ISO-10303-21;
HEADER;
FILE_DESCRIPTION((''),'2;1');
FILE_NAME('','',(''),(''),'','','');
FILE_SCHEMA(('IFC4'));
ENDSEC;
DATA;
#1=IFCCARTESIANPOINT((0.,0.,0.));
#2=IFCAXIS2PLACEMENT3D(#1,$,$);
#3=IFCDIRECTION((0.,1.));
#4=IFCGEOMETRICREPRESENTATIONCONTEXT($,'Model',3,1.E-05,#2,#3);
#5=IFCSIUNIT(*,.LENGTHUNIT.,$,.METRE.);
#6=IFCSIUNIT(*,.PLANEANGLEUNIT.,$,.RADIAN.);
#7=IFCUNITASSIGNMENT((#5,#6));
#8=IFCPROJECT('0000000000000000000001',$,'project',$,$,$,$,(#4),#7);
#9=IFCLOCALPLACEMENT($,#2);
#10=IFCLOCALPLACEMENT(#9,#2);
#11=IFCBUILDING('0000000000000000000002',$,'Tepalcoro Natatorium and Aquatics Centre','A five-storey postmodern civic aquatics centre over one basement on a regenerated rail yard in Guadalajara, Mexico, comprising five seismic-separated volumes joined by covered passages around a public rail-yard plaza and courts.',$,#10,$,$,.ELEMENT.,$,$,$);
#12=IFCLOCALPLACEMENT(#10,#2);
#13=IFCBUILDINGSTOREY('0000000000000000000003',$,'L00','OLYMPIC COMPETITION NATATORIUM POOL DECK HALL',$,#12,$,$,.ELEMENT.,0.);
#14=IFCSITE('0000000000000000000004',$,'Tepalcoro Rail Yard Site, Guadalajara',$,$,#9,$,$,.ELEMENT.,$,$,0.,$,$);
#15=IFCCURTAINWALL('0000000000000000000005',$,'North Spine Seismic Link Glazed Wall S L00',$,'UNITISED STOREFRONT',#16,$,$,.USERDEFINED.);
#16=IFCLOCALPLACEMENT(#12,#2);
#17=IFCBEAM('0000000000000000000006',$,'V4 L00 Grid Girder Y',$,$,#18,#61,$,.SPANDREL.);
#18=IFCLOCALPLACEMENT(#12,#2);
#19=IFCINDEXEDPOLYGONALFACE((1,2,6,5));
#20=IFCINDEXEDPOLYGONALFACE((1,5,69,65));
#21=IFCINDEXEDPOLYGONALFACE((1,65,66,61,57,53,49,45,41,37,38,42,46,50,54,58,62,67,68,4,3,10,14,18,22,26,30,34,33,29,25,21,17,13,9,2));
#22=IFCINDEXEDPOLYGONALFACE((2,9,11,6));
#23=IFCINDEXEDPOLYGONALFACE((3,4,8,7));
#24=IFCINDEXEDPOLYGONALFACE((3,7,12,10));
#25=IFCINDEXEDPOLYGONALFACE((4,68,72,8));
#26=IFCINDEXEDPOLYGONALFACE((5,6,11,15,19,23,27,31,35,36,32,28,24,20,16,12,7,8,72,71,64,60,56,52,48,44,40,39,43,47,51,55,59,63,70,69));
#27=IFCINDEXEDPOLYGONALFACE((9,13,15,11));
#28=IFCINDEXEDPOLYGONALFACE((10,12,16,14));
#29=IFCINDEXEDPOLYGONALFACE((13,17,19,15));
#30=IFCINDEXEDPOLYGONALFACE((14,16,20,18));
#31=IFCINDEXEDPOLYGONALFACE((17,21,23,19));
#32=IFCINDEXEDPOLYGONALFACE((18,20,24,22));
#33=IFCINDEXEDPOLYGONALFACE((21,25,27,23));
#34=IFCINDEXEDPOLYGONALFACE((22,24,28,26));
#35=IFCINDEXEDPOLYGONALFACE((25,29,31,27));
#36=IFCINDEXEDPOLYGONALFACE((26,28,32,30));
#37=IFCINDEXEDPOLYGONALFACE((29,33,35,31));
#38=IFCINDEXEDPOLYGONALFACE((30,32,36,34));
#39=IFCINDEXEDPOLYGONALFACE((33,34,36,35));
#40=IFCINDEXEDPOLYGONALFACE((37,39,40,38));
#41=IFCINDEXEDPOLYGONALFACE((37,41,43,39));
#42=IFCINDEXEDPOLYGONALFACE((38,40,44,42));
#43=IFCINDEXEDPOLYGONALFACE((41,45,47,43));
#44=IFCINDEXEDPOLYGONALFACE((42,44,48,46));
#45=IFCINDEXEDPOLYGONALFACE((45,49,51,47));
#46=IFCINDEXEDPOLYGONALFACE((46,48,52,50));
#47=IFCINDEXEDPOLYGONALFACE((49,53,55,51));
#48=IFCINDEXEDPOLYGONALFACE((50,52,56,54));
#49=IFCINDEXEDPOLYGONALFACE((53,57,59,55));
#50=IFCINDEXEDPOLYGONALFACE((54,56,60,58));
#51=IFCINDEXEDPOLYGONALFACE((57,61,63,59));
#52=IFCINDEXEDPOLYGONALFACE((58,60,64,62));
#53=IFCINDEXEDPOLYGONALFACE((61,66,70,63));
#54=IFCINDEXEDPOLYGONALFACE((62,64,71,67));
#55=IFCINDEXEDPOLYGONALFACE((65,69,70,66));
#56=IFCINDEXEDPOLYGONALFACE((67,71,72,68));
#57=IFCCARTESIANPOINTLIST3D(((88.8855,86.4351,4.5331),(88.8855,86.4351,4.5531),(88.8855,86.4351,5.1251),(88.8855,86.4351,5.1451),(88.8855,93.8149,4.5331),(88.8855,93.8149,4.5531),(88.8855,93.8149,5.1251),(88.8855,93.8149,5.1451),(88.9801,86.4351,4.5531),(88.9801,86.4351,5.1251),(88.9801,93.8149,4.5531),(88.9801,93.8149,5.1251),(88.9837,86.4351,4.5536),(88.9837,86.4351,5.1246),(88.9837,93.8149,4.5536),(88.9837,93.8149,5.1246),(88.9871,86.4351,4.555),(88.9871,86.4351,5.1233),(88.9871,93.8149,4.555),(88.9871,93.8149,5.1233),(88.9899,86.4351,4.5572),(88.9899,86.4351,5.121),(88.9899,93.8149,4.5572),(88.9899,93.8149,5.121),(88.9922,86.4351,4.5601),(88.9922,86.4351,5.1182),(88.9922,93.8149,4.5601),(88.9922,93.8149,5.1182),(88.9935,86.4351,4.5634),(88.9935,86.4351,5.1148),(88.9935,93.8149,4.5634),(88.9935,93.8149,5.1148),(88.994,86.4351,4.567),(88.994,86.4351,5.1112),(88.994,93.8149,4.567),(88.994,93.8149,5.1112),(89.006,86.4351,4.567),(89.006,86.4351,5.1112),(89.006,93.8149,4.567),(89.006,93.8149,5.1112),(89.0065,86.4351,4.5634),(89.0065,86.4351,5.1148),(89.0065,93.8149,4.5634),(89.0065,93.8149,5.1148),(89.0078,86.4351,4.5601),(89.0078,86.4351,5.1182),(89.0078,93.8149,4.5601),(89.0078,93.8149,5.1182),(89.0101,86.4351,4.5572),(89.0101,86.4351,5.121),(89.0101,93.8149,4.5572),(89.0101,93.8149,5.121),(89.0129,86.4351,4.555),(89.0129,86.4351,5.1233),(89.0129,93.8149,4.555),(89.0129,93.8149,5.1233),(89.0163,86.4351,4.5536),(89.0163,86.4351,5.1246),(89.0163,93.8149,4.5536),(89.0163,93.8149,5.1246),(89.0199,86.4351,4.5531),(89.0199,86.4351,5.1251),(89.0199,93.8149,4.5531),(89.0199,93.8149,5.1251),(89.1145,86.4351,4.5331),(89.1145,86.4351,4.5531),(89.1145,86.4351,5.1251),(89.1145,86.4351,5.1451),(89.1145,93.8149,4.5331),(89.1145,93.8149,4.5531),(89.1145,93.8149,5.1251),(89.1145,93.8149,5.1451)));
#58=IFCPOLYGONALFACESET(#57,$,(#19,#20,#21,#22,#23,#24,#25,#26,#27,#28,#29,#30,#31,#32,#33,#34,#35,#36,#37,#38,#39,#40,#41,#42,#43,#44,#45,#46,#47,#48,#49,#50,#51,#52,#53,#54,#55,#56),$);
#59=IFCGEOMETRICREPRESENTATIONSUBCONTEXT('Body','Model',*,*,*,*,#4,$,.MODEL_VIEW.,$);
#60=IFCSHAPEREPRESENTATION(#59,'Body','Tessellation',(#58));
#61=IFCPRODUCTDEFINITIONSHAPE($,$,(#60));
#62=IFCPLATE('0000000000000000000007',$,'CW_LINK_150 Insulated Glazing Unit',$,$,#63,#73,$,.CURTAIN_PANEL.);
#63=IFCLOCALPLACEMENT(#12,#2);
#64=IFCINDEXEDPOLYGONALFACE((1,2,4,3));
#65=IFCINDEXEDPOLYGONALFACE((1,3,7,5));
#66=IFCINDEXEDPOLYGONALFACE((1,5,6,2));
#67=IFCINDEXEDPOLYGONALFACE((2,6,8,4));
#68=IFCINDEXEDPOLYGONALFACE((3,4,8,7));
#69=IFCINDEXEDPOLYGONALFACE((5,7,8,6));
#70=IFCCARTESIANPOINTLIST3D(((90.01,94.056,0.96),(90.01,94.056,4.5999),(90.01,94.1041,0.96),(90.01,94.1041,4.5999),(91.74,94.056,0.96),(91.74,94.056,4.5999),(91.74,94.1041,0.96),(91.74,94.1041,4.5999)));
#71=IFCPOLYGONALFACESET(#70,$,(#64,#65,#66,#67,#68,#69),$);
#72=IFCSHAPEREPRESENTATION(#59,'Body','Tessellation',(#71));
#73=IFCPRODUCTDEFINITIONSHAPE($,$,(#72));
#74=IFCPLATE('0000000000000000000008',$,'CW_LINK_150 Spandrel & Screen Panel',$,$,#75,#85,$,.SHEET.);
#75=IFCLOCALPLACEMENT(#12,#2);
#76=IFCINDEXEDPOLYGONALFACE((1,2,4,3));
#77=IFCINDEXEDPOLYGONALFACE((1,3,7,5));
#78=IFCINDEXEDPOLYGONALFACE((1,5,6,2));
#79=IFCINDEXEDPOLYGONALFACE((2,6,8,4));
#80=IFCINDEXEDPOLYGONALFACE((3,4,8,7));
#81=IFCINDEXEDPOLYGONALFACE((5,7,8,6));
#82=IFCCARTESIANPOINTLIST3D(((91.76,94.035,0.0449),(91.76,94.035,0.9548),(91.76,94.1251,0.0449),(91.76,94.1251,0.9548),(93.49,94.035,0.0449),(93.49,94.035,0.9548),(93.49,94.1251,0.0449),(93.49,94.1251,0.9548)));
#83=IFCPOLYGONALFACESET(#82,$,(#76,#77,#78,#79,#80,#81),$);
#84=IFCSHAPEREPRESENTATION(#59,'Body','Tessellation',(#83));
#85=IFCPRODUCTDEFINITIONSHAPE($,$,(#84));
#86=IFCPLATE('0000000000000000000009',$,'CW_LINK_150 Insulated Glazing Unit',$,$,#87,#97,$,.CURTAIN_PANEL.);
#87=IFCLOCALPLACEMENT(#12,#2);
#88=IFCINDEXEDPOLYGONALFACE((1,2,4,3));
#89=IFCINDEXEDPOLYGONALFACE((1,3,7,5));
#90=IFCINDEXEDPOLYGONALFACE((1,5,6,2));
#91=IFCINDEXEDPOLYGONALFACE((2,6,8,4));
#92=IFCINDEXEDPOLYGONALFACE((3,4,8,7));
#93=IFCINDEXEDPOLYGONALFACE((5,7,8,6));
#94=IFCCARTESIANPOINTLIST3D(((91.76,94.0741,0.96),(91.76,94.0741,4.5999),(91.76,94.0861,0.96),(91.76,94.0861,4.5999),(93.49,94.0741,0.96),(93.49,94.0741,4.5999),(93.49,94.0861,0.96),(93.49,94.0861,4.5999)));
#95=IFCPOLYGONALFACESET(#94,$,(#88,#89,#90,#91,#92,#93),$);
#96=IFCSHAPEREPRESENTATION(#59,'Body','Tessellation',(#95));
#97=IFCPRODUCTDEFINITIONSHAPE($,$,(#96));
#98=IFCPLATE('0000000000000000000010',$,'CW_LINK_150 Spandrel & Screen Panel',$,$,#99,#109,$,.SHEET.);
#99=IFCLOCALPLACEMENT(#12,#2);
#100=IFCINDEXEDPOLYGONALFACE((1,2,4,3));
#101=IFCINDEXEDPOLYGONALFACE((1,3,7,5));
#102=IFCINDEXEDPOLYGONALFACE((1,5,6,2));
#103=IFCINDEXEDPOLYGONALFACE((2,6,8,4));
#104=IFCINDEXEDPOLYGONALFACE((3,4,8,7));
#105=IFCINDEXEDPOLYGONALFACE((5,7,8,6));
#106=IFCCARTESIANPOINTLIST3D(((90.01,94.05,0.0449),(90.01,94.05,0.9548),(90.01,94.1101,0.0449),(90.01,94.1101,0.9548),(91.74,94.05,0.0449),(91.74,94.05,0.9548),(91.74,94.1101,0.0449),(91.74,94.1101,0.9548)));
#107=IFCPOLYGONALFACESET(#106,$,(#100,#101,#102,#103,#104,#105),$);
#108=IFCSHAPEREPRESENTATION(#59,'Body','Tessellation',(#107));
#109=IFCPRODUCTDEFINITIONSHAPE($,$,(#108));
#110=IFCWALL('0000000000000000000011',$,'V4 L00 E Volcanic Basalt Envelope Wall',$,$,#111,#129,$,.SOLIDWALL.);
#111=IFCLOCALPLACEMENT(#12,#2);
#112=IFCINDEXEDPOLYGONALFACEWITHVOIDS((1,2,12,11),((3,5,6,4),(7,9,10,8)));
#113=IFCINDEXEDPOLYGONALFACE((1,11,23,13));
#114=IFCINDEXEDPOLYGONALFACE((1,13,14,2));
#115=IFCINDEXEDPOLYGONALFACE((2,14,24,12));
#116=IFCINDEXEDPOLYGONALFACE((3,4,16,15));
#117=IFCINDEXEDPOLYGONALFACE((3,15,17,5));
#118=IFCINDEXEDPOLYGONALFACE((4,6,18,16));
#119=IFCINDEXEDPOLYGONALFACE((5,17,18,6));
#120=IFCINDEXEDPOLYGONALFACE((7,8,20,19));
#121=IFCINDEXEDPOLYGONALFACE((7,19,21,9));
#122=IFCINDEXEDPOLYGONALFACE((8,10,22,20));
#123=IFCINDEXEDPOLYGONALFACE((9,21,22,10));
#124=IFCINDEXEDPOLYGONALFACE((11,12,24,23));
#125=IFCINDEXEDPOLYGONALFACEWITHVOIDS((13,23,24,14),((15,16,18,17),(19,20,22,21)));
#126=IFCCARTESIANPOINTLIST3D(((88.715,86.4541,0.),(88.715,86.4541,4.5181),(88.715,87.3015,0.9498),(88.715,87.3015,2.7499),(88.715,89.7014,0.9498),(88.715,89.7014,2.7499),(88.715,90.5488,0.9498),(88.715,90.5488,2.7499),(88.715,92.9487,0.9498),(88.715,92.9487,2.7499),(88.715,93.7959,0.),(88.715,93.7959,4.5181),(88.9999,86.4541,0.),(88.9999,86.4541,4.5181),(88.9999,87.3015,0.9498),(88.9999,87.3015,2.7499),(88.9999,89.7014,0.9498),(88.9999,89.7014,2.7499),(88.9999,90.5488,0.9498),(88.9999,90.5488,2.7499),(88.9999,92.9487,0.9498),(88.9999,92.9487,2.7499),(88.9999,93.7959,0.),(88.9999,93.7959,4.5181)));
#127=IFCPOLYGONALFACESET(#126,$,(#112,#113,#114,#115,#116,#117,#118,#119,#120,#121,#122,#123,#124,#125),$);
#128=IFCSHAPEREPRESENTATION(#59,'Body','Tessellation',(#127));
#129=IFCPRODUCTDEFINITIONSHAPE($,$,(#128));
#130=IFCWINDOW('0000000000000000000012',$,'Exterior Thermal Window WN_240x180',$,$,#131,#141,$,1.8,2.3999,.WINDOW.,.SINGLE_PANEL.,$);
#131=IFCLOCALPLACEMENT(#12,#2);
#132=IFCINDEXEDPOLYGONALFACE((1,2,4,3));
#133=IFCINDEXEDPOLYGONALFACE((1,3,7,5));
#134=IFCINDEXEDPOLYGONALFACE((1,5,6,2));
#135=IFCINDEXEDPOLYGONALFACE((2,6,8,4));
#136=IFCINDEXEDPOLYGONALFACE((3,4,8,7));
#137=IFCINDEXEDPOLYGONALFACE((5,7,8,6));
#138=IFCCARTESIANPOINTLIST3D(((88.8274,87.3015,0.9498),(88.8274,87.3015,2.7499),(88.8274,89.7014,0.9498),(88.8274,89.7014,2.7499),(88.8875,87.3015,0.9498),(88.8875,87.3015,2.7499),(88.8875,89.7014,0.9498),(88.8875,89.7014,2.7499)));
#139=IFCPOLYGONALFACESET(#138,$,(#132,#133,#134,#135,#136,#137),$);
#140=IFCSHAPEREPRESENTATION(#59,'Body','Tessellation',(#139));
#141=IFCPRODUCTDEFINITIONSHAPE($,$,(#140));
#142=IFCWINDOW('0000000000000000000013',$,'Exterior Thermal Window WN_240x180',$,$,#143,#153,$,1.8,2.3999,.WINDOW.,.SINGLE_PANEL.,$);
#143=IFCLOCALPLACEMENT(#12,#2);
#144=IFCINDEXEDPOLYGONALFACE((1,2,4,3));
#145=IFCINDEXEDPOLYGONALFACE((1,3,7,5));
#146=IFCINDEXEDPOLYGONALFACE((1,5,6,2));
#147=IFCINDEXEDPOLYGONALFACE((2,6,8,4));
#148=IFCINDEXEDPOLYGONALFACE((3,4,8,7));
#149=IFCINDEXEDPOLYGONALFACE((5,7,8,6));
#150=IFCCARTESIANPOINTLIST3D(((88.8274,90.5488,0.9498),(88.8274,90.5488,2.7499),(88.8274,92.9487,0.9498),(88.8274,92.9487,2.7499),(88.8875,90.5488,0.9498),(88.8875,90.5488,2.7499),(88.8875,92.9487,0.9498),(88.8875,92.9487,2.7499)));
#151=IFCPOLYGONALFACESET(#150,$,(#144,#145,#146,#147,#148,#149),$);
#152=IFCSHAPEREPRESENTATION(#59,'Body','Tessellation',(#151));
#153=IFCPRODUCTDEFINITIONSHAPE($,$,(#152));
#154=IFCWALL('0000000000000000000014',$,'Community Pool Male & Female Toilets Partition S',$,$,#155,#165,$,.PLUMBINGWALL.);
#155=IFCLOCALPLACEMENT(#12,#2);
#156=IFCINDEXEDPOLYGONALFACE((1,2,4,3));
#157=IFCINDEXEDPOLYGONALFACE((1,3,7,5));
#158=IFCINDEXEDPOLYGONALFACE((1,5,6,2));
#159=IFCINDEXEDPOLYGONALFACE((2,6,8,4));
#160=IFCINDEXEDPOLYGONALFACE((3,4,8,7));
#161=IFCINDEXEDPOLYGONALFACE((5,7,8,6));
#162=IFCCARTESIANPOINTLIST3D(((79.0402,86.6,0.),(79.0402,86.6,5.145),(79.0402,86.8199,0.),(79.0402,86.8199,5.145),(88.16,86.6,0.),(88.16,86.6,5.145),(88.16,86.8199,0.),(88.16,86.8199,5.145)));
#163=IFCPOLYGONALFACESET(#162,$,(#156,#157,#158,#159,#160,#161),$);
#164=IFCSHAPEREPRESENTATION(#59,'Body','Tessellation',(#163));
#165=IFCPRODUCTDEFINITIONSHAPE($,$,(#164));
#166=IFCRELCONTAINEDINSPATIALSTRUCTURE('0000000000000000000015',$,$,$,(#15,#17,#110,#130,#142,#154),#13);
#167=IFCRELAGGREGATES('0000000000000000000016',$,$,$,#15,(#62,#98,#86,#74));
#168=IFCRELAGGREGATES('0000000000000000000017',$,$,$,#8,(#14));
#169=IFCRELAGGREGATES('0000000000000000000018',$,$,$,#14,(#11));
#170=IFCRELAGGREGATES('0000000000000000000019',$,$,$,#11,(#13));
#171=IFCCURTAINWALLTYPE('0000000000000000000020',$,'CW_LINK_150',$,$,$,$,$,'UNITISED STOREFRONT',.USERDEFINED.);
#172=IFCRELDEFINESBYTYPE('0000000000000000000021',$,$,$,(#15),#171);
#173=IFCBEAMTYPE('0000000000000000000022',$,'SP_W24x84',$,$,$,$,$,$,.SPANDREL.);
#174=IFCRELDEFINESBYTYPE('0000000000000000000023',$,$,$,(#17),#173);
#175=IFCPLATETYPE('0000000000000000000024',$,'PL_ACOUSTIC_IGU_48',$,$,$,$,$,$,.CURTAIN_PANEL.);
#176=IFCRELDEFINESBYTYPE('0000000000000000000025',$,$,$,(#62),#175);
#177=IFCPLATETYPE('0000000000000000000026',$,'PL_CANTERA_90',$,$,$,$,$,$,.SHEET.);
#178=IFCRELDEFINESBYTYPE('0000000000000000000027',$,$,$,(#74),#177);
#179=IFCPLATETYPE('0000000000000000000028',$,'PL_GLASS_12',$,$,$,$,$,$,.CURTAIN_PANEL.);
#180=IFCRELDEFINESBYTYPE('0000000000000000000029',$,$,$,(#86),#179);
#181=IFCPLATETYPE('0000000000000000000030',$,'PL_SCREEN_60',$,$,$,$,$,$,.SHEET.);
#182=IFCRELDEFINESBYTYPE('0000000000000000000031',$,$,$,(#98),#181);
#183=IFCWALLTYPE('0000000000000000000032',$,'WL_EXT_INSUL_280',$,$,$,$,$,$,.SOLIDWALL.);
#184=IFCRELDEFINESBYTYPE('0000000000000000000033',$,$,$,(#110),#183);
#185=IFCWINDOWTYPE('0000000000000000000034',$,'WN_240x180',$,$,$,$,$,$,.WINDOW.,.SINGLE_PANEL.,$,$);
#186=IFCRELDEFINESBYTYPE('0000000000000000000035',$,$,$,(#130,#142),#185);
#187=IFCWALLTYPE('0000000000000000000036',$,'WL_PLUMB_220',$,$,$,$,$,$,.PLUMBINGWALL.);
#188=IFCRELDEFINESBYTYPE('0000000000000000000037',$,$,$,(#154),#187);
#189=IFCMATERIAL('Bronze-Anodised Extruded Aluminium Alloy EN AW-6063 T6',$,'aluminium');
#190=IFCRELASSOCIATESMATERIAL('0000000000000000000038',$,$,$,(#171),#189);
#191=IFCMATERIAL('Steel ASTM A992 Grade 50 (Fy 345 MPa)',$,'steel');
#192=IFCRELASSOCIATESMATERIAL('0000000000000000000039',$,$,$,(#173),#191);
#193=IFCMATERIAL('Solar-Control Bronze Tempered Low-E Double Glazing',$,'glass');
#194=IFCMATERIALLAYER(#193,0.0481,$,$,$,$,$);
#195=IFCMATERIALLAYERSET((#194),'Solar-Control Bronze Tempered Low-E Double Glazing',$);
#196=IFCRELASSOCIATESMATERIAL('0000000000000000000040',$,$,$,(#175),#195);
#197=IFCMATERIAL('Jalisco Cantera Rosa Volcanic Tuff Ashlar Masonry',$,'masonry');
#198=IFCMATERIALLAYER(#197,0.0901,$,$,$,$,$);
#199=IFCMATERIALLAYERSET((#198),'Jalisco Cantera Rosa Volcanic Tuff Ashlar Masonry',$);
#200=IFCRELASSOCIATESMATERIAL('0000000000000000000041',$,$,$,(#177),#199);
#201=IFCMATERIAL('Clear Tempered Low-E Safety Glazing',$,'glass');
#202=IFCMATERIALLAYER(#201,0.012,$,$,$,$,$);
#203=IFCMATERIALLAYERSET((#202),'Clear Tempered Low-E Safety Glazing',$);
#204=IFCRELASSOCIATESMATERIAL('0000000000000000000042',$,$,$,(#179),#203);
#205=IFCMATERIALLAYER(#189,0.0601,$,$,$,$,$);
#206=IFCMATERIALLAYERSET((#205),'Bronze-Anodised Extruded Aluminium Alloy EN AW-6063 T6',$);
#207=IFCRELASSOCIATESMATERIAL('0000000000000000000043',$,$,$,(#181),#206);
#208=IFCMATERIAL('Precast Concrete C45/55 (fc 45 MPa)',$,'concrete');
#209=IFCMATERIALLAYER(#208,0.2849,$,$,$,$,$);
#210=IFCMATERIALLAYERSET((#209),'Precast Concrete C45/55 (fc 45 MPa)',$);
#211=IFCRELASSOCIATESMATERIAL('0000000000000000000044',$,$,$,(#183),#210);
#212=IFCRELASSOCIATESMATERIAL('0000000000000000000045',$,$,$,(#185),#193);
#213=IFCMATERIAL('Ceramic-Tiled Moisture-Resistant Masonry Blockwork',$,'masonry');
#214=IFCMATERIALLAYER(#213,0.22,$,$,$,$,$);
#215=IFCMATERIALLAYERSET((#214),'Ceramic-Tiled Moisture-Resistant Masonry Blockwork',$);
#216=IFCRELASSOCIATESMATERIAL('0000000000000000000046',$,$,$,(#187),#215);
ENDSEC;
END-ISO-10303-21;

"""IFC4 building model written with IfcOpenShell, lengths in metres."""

from ifc_helpers import new_model, si_unit, direction, frame, frame_2d, origin, origin_2d, place, context, subcontext, project, spatial, rectangle, i_section, extrude, material, layer, layer_set, material_profile, profile_set, type_object, element, fill, aggregate, save


model = new_model("IFC4")

# Units and contexts
model_context = context("Model", 3, precision=1e-05, world=origin(), true_north=direction((0.0, 1.0)))
body_context = subcontext(model_context, "Body", "Model", "MODEL_VIEW")
ifc_project = project(units=[si_unit("LENGTHUNIT", "METRE"), si_unit("PLANEANGLEUNIT", "RADIAN")], contexts=[model_context])

# Site, building, storey
site_placement = place(None, origin())
site = spatial("IfcSite", under=ifc_project, at=site_placement, Name="Tepalcoro Rail Yard Site, Guadalajara", CompositionType="ELEMENT", RefElevation=0.0)
building_placement = place(site_placement, origin())
building = spatial("IfcBuilding", under=site, at=building_placement, Name="Tepalcoro Natatorium and Aquatics Centre", Description="A five-storey postmodern civic aquatics centre over one basement on a regenerated rail yard in Guadalajara, Mexico, comprising five seismic-separated volumes joined by covered passages around a public rail-yard plaza and courts.", CompositionType="ELEMENT")
storey_placement = place(building_placement, origin())
storey = spatial("IfcBuildingStorey", under=building, at=storey_placement, Name="L00", Description="OLYMPIC COMPETITION NATATORIUM POOL DECK HALL", CompositionType="ELEMENT", Elevation=0.0)

# Shared definitions
ifc_material_1 = material(Name="Steel ASTM A992 Grade 50 (Fy 345 MPa)", Category="steel")

# Curtain wall
ifc_material_2 = material(Name="Bronze-Anodised Extruded Aluminium Alloy EN AW-6063 T6", Category="aluminium")
curtain_wall_type = type_object("IfcCurtainWallType", Name="CW_LINK_150", ElementType="UNITISED STOREFRONT", PredefinedType="USERDEFINED", material=ifc_material_2)
curtain_wall_placement = place(storey_placement, origin())
curtain_wall = element("IfcCurtainWall", 1, at=curtain_wall_placement, inside=storey, type_object=curtain_wall_type, Name="North Spine Seismic Link Glazed Wall S L00", ObjectType="UNITISED STOREFRONT", PredefinedType="USERDEFINED")

# Beam
ifc_material_profile_1 = material_profile(ifc_material_1, i_section(OverallWidth=0.229, OverallDepth=0.6121, WebThickness=0.012, FlangeThickness=0.02, FilletRadius=0.0139, at=origin_2d()), Name="W24X84")
ifc_profile_set_1 = profile_set([ifc_material_profile_1], Name="Steel ASTM A992 Grade 50 (Fy 345 MPa)")
beam_type_1 = type_object("IfcBeamType", Name="SP_W24x84", PredefinedType="SPANDREL", material=ifc_profile_set_1)
beam_1_placement = place(storey_placement, frame((89.0, 86.4351, 4.8391), z_axis=(0.0, 1.0, 0.0), x_axis=(-1.0, 0.0, 0.0)))
element("IfcBeam", 2, at=beam_1_placement, inside=storey, type_object=beam_type_1, Name="V4 L00 Grid Girder Y", PredefinedType="SPANDREL", context=body_context, shape_type="SweptSolid", body=[
    extrude(i_section(OverallWidth=0.229, OverallDepth=0.6121, WebThickness=0.012, FlangeThickness=0.02, FilletRadius=0.0139, at=origin_2d()), origin(), (0.0, 0.0, 1.0), 7.3799),
])

# Plates
ifc_material_3 = material(Name="Solar-Control Bronze Tempered Low-E Double Glazing", Category="glass")
ifc_layer_1 = layer(ifc_material_3, 0.0481)
ifc_layer_set_1 = layer_set([ifc_layer_1], Name="Solar-Control Bronze Tempered Low-E Double Glazing")
plate_type_1 = type_object("IfcPlateType", Name="PL_ACOUSTIC_IGU_48", PredefinedType="CURTAIN_PANEL", material=ifc_layer_set_1)
plate_1_placement = place(storey_placement, frame((90.875, 94.0801, 0.96), z_axis=(0.0, 0.0, 1.0), x_axis=(1.0, 0.0, 0.0)))
plate_1 = element("IfcPlate", 3, at=plate_1_placement, type_object=plate_type_1, Name="CW_LINK_150 Insulated Glazing Unit", PredefinedType="CURTAIN_PANEL", context=body_context, shape_type="SweptSolid", body=[
    extrude(rectangle(XDim=1.73, YDim=0.0481, at=origin_2d()), origin(), (0.0, 0.0, 1.0), 3.6399),
])
ifc_material_4 = material(Name="Jalisco Cantera Rosa Volcanic Tuff Ashlar Masonry", Category="masonry")
ifc_layer_2 = layer(ifc_material_4, 0.0901)
ifc_layer_set_2 = layer_set([ifc_layer_2], Name="Jalisco Cantera Rosa Volcanic Tuff Ashlar Masonry")
plate_type_2 = type_object("IfcPlateType", Name="PL_CANTERA_90", PredefinedType="SHEET", material=ifc_layer_set_2)
plate_2_placement = place(storey_placement, frame((92.625, 94.0801, 0.0449), z_axis=(0.0, 0.0, 1.0), x_axis=(1.0, 0.0, 0.0)))
plate_2 = element("IfcPlate", 4, at=plate_2_placement, type_object=plate_type_2, Name="CW_LINK_150 Spandrel & Screen Panel", PredefinedType="SHEET", context=body_context, shape_type="SweptSolid", body=[
    extrude(rectangle(XDim=1.73, YDim=0.0901, at=origin_2d()), origin(), (0.0, 0.0, 1.0), 0.9099),
])
ifc_material_5 = material(Name="Clear Tempered Low-E Safety Glazing", Category="glass")
ifc_layer_3 = layer(ifc_material_5, 0.012)
ifc_layer_set_3 = layer_set([ifc_layer_3], Name="Clear Tempered Low-E Safety Glazing")
plate_type_3 = type_object("IfcPlateType", Name="PL_GLASS_12", PredefinedType="CURTAIN_PANEL", material=ifc_layer_set_3)
plate_3_placement = place(storey_placement, frame((92.625, 94.0801, 0.96), z_axis=(0.0, 0.0, 1.0), x_axis=(1.0, 0.0, 0.0)))
plate_3 = element("IfcPlate", 5, at=plate_3_placement, type_object=plate_type_3, Name="CW_LINK_150 Insulated Glazing Unit", PredefinedType="CURTAIN_PANEL", context=body_context, shape_type="SweptSolid", body=[
    extrude(rectangle(XDim=1.73, YDim=0.012, at=origin_2d()), origin(), (0.0, 0.0, 1.0), 3.6399),
])
ifc_layer_4 = layer(ifc_material_2, 0.0601)
ifc_layer_set_4 = layer_set([ifc_layer_4], Name="Bronze-Anodised Extruded Aluminium Alloy EN AW-6063 T6")
plate_type_4 = type_object("IfcPlateType", Name="PL_SCREEN_60", PredefinedType="SHEET", material=ifc_layer_set_4)
plate_4_placement = place(storey_placement, frame((90.875, 94.0801, 0.0449), z_axis=(0.0, 0.0, 1.0), x_axis=(1.0, 0.0, 0.0)))
plate_4 = element("IfcPlate", 6, at=plate_4_placement, type_object=plate_type_4, Name="CW_LINK_150 Spandrel & Screen Panel", PredefinedType="SHEET", context=body_context, shape_type="SweptSolid", body=[
    extrude(rectangle(XDim=1.73, YDim=0.0601, at=origin_2d()), origin(), (0.0, 0.0, 1.0), 0.9099),
])
aggregate(curtain_wall, [plate_1, plate_4, plate_3, plate_2])

# Wall, openings, windows
ifc_material_6 = material(Name="Precast Concrete C45/55 (fc 45 MPa)", Category="concrete")
ifc_layer_5 = layer(ifc_material_6, 0.2849)
ifc_layer_set_5 = layer_set([ifc_layer_5], Name="Precast Concrete C45/55 (fc 45 MPa)")
wall_type_1 = type_object("IfcWallType", Name="WL_EXT_INSUL_280", PredefinedType="SOLIDWALL", material=ifc_layer_set_5)
wall_1_placement = place(storey_placement, frame((88.8574, 86.4541, 0.0), z_axis=(0.0, 0.0, 1.0), x_axis=(0.0, 1.0, 0.0)))
wall_1 = element("IfcWall", 7, at=wall_1_placement, inside=storey, type_object=wall_type_1, Name="V4 L00 E Volcanic Basalt Envelope Wall", PredefinedType="SOLIDWALL", context=body_context, shape_type="SweptSolid", body=[
    extrude(rectangle(XDim=7.3418, YDim=0.2849, at=frame_2d((3.6709, 0.0))), origin(), (0.0, 0.0, 1.0), 4.5181),
])
opening_1_placement = place(wall_1_placement, frame((0.8474, 0.0, 0.95)))
opening_1 = element("IfcOpeningElement", 8, at=opening_1_placement, cuts=wall_1, PredefinedType="OPENING", context=body_context, shape_type="SweptSolid", body=[
    extrude(rectangle(XDim=2.3999, YDim=1.8, at=frame_2d((1.2, 0.8999))), frame((0.0, 0.1543, 0.0), z_axis=(0.0, -1.0, 0.0), x_axis=(1.0, 0.0, 0.0)), (0.0, 0.0, 1.0), 0.3088),
])
opening_2_placement = place(wall_1_placement, frame((4.0947, 0.0, 0.95)))
opening_2 = element("IfcOpeningElement", 9, at=opening_2_placement, cuts=wall_1, PredefinedType="OPENING", context=body_context, shape_type="SweptSolid", body=[
    extrude(rectangle(XDim=2.3999, YDim=1.8, at=frame_2d((1.2, 0.8999))), frame((0.0, 0.1543, 0.0), z_axis=(0.0, -1.0, 0.0), x_axis=(1.0, 0.0, 0.0)), (0.0, 0.0, 1.0), 0.3088),
])
window_type = type_object("IfcWindowType", Name="WN_240x180", PartitioningType="SINGLE_PANEL", PredefinedType="WINDOW", material=ifc_material_3)
window_1_placement = place(opening_1_placement, origin())
window_1 = element("IfcWindow", 10, at=window_1_placement, inside=storey, type_object=window_type, Name="Exterior Thermal Window WN_240x180", OverallHeight=1.8, OverallWidth=2.3999, PartitioningType="SINGLE_PANEL", PredefinedType="WINDOW", context=body_context, shape_type="SweptSolid", body=[
    extrude(rectangle(XDim=2.3999, YDim=1.8, at=frame_2d((1.2, 0.8999))), frame((0.0, 0.03, 0.0), z_axis=(0.0, -1.0, 0.0), x_axis=(1.0, 0.0, 0.0)), (0.0, 0.0, 1.0), 0.0601),
])
fill(opening_1, window_1)
window_2_placement = place(opening_2_placement, origin())
window_2 = element("IfcWindow", 11, at=window_2_placement, inside=storey, type_object=window_type, Name="Exterior Thermal Window WN_240x180", OverallHeight=1.8, OverallWidth=2.3999, PartitioningType="SINGLE_PANEL", PredefinedType="WINDOW", context=body_context, shape_type="SweptSolid", body=[
    extrude(rectangle(XDim=2.3999, YDim=1.8, at=frame_2d((1.2, 0.8999))), frame((0.0, 0.03, 0.0), z_axis=(0.0, -1.0, 0.0), x_axis=(1.0, 0.0, 0.0)), (0.0, 0.0, 1.0), 0.0601),
])
fill(opening_2, window_2)

# Wall
ifc_material_7 = material(Name="Ceramic-Tiled Moisture-Resistant Masonry Blockwork", Category="masonry")
ifc_layer_6 = layer(ifc_material_7, 0.22)
ifc_layer_set_6 = layer_set([ifc_layer_6], Name="Ceramic-Tiled Moisture-Resistant Masonry Blockwork")
wall_type_2 = type_object("IfcWallType", Name="WL_PLUMB_220", PredefinedType="PLUMBINGWALL", material=ifc_layer_set_6)
wall_2_placement = place(storey_placement, frame((79.04, 86.71, 0.0), z_axis=(0.0, 0.0, 1.0), x_axis=(1.0, 0.0, 0.0)))
element("IfcWall", 12, at=wall_2_placement, inside=storey, type_object=wall_type_2, Name="Community Pool Male & Female Toilets Partition S", PredefinedType="PLUMBINGWALL", context=body_context, shape_type="SweptSolid", body=[
    extrude(rectangle(XDim=9.1199, YDim=0.22, at=frame_2d((4.5601, 0.0))), origin(), (0.0, 0.0, 1.0), 5.145),
])

save(model, "model.ifc")
